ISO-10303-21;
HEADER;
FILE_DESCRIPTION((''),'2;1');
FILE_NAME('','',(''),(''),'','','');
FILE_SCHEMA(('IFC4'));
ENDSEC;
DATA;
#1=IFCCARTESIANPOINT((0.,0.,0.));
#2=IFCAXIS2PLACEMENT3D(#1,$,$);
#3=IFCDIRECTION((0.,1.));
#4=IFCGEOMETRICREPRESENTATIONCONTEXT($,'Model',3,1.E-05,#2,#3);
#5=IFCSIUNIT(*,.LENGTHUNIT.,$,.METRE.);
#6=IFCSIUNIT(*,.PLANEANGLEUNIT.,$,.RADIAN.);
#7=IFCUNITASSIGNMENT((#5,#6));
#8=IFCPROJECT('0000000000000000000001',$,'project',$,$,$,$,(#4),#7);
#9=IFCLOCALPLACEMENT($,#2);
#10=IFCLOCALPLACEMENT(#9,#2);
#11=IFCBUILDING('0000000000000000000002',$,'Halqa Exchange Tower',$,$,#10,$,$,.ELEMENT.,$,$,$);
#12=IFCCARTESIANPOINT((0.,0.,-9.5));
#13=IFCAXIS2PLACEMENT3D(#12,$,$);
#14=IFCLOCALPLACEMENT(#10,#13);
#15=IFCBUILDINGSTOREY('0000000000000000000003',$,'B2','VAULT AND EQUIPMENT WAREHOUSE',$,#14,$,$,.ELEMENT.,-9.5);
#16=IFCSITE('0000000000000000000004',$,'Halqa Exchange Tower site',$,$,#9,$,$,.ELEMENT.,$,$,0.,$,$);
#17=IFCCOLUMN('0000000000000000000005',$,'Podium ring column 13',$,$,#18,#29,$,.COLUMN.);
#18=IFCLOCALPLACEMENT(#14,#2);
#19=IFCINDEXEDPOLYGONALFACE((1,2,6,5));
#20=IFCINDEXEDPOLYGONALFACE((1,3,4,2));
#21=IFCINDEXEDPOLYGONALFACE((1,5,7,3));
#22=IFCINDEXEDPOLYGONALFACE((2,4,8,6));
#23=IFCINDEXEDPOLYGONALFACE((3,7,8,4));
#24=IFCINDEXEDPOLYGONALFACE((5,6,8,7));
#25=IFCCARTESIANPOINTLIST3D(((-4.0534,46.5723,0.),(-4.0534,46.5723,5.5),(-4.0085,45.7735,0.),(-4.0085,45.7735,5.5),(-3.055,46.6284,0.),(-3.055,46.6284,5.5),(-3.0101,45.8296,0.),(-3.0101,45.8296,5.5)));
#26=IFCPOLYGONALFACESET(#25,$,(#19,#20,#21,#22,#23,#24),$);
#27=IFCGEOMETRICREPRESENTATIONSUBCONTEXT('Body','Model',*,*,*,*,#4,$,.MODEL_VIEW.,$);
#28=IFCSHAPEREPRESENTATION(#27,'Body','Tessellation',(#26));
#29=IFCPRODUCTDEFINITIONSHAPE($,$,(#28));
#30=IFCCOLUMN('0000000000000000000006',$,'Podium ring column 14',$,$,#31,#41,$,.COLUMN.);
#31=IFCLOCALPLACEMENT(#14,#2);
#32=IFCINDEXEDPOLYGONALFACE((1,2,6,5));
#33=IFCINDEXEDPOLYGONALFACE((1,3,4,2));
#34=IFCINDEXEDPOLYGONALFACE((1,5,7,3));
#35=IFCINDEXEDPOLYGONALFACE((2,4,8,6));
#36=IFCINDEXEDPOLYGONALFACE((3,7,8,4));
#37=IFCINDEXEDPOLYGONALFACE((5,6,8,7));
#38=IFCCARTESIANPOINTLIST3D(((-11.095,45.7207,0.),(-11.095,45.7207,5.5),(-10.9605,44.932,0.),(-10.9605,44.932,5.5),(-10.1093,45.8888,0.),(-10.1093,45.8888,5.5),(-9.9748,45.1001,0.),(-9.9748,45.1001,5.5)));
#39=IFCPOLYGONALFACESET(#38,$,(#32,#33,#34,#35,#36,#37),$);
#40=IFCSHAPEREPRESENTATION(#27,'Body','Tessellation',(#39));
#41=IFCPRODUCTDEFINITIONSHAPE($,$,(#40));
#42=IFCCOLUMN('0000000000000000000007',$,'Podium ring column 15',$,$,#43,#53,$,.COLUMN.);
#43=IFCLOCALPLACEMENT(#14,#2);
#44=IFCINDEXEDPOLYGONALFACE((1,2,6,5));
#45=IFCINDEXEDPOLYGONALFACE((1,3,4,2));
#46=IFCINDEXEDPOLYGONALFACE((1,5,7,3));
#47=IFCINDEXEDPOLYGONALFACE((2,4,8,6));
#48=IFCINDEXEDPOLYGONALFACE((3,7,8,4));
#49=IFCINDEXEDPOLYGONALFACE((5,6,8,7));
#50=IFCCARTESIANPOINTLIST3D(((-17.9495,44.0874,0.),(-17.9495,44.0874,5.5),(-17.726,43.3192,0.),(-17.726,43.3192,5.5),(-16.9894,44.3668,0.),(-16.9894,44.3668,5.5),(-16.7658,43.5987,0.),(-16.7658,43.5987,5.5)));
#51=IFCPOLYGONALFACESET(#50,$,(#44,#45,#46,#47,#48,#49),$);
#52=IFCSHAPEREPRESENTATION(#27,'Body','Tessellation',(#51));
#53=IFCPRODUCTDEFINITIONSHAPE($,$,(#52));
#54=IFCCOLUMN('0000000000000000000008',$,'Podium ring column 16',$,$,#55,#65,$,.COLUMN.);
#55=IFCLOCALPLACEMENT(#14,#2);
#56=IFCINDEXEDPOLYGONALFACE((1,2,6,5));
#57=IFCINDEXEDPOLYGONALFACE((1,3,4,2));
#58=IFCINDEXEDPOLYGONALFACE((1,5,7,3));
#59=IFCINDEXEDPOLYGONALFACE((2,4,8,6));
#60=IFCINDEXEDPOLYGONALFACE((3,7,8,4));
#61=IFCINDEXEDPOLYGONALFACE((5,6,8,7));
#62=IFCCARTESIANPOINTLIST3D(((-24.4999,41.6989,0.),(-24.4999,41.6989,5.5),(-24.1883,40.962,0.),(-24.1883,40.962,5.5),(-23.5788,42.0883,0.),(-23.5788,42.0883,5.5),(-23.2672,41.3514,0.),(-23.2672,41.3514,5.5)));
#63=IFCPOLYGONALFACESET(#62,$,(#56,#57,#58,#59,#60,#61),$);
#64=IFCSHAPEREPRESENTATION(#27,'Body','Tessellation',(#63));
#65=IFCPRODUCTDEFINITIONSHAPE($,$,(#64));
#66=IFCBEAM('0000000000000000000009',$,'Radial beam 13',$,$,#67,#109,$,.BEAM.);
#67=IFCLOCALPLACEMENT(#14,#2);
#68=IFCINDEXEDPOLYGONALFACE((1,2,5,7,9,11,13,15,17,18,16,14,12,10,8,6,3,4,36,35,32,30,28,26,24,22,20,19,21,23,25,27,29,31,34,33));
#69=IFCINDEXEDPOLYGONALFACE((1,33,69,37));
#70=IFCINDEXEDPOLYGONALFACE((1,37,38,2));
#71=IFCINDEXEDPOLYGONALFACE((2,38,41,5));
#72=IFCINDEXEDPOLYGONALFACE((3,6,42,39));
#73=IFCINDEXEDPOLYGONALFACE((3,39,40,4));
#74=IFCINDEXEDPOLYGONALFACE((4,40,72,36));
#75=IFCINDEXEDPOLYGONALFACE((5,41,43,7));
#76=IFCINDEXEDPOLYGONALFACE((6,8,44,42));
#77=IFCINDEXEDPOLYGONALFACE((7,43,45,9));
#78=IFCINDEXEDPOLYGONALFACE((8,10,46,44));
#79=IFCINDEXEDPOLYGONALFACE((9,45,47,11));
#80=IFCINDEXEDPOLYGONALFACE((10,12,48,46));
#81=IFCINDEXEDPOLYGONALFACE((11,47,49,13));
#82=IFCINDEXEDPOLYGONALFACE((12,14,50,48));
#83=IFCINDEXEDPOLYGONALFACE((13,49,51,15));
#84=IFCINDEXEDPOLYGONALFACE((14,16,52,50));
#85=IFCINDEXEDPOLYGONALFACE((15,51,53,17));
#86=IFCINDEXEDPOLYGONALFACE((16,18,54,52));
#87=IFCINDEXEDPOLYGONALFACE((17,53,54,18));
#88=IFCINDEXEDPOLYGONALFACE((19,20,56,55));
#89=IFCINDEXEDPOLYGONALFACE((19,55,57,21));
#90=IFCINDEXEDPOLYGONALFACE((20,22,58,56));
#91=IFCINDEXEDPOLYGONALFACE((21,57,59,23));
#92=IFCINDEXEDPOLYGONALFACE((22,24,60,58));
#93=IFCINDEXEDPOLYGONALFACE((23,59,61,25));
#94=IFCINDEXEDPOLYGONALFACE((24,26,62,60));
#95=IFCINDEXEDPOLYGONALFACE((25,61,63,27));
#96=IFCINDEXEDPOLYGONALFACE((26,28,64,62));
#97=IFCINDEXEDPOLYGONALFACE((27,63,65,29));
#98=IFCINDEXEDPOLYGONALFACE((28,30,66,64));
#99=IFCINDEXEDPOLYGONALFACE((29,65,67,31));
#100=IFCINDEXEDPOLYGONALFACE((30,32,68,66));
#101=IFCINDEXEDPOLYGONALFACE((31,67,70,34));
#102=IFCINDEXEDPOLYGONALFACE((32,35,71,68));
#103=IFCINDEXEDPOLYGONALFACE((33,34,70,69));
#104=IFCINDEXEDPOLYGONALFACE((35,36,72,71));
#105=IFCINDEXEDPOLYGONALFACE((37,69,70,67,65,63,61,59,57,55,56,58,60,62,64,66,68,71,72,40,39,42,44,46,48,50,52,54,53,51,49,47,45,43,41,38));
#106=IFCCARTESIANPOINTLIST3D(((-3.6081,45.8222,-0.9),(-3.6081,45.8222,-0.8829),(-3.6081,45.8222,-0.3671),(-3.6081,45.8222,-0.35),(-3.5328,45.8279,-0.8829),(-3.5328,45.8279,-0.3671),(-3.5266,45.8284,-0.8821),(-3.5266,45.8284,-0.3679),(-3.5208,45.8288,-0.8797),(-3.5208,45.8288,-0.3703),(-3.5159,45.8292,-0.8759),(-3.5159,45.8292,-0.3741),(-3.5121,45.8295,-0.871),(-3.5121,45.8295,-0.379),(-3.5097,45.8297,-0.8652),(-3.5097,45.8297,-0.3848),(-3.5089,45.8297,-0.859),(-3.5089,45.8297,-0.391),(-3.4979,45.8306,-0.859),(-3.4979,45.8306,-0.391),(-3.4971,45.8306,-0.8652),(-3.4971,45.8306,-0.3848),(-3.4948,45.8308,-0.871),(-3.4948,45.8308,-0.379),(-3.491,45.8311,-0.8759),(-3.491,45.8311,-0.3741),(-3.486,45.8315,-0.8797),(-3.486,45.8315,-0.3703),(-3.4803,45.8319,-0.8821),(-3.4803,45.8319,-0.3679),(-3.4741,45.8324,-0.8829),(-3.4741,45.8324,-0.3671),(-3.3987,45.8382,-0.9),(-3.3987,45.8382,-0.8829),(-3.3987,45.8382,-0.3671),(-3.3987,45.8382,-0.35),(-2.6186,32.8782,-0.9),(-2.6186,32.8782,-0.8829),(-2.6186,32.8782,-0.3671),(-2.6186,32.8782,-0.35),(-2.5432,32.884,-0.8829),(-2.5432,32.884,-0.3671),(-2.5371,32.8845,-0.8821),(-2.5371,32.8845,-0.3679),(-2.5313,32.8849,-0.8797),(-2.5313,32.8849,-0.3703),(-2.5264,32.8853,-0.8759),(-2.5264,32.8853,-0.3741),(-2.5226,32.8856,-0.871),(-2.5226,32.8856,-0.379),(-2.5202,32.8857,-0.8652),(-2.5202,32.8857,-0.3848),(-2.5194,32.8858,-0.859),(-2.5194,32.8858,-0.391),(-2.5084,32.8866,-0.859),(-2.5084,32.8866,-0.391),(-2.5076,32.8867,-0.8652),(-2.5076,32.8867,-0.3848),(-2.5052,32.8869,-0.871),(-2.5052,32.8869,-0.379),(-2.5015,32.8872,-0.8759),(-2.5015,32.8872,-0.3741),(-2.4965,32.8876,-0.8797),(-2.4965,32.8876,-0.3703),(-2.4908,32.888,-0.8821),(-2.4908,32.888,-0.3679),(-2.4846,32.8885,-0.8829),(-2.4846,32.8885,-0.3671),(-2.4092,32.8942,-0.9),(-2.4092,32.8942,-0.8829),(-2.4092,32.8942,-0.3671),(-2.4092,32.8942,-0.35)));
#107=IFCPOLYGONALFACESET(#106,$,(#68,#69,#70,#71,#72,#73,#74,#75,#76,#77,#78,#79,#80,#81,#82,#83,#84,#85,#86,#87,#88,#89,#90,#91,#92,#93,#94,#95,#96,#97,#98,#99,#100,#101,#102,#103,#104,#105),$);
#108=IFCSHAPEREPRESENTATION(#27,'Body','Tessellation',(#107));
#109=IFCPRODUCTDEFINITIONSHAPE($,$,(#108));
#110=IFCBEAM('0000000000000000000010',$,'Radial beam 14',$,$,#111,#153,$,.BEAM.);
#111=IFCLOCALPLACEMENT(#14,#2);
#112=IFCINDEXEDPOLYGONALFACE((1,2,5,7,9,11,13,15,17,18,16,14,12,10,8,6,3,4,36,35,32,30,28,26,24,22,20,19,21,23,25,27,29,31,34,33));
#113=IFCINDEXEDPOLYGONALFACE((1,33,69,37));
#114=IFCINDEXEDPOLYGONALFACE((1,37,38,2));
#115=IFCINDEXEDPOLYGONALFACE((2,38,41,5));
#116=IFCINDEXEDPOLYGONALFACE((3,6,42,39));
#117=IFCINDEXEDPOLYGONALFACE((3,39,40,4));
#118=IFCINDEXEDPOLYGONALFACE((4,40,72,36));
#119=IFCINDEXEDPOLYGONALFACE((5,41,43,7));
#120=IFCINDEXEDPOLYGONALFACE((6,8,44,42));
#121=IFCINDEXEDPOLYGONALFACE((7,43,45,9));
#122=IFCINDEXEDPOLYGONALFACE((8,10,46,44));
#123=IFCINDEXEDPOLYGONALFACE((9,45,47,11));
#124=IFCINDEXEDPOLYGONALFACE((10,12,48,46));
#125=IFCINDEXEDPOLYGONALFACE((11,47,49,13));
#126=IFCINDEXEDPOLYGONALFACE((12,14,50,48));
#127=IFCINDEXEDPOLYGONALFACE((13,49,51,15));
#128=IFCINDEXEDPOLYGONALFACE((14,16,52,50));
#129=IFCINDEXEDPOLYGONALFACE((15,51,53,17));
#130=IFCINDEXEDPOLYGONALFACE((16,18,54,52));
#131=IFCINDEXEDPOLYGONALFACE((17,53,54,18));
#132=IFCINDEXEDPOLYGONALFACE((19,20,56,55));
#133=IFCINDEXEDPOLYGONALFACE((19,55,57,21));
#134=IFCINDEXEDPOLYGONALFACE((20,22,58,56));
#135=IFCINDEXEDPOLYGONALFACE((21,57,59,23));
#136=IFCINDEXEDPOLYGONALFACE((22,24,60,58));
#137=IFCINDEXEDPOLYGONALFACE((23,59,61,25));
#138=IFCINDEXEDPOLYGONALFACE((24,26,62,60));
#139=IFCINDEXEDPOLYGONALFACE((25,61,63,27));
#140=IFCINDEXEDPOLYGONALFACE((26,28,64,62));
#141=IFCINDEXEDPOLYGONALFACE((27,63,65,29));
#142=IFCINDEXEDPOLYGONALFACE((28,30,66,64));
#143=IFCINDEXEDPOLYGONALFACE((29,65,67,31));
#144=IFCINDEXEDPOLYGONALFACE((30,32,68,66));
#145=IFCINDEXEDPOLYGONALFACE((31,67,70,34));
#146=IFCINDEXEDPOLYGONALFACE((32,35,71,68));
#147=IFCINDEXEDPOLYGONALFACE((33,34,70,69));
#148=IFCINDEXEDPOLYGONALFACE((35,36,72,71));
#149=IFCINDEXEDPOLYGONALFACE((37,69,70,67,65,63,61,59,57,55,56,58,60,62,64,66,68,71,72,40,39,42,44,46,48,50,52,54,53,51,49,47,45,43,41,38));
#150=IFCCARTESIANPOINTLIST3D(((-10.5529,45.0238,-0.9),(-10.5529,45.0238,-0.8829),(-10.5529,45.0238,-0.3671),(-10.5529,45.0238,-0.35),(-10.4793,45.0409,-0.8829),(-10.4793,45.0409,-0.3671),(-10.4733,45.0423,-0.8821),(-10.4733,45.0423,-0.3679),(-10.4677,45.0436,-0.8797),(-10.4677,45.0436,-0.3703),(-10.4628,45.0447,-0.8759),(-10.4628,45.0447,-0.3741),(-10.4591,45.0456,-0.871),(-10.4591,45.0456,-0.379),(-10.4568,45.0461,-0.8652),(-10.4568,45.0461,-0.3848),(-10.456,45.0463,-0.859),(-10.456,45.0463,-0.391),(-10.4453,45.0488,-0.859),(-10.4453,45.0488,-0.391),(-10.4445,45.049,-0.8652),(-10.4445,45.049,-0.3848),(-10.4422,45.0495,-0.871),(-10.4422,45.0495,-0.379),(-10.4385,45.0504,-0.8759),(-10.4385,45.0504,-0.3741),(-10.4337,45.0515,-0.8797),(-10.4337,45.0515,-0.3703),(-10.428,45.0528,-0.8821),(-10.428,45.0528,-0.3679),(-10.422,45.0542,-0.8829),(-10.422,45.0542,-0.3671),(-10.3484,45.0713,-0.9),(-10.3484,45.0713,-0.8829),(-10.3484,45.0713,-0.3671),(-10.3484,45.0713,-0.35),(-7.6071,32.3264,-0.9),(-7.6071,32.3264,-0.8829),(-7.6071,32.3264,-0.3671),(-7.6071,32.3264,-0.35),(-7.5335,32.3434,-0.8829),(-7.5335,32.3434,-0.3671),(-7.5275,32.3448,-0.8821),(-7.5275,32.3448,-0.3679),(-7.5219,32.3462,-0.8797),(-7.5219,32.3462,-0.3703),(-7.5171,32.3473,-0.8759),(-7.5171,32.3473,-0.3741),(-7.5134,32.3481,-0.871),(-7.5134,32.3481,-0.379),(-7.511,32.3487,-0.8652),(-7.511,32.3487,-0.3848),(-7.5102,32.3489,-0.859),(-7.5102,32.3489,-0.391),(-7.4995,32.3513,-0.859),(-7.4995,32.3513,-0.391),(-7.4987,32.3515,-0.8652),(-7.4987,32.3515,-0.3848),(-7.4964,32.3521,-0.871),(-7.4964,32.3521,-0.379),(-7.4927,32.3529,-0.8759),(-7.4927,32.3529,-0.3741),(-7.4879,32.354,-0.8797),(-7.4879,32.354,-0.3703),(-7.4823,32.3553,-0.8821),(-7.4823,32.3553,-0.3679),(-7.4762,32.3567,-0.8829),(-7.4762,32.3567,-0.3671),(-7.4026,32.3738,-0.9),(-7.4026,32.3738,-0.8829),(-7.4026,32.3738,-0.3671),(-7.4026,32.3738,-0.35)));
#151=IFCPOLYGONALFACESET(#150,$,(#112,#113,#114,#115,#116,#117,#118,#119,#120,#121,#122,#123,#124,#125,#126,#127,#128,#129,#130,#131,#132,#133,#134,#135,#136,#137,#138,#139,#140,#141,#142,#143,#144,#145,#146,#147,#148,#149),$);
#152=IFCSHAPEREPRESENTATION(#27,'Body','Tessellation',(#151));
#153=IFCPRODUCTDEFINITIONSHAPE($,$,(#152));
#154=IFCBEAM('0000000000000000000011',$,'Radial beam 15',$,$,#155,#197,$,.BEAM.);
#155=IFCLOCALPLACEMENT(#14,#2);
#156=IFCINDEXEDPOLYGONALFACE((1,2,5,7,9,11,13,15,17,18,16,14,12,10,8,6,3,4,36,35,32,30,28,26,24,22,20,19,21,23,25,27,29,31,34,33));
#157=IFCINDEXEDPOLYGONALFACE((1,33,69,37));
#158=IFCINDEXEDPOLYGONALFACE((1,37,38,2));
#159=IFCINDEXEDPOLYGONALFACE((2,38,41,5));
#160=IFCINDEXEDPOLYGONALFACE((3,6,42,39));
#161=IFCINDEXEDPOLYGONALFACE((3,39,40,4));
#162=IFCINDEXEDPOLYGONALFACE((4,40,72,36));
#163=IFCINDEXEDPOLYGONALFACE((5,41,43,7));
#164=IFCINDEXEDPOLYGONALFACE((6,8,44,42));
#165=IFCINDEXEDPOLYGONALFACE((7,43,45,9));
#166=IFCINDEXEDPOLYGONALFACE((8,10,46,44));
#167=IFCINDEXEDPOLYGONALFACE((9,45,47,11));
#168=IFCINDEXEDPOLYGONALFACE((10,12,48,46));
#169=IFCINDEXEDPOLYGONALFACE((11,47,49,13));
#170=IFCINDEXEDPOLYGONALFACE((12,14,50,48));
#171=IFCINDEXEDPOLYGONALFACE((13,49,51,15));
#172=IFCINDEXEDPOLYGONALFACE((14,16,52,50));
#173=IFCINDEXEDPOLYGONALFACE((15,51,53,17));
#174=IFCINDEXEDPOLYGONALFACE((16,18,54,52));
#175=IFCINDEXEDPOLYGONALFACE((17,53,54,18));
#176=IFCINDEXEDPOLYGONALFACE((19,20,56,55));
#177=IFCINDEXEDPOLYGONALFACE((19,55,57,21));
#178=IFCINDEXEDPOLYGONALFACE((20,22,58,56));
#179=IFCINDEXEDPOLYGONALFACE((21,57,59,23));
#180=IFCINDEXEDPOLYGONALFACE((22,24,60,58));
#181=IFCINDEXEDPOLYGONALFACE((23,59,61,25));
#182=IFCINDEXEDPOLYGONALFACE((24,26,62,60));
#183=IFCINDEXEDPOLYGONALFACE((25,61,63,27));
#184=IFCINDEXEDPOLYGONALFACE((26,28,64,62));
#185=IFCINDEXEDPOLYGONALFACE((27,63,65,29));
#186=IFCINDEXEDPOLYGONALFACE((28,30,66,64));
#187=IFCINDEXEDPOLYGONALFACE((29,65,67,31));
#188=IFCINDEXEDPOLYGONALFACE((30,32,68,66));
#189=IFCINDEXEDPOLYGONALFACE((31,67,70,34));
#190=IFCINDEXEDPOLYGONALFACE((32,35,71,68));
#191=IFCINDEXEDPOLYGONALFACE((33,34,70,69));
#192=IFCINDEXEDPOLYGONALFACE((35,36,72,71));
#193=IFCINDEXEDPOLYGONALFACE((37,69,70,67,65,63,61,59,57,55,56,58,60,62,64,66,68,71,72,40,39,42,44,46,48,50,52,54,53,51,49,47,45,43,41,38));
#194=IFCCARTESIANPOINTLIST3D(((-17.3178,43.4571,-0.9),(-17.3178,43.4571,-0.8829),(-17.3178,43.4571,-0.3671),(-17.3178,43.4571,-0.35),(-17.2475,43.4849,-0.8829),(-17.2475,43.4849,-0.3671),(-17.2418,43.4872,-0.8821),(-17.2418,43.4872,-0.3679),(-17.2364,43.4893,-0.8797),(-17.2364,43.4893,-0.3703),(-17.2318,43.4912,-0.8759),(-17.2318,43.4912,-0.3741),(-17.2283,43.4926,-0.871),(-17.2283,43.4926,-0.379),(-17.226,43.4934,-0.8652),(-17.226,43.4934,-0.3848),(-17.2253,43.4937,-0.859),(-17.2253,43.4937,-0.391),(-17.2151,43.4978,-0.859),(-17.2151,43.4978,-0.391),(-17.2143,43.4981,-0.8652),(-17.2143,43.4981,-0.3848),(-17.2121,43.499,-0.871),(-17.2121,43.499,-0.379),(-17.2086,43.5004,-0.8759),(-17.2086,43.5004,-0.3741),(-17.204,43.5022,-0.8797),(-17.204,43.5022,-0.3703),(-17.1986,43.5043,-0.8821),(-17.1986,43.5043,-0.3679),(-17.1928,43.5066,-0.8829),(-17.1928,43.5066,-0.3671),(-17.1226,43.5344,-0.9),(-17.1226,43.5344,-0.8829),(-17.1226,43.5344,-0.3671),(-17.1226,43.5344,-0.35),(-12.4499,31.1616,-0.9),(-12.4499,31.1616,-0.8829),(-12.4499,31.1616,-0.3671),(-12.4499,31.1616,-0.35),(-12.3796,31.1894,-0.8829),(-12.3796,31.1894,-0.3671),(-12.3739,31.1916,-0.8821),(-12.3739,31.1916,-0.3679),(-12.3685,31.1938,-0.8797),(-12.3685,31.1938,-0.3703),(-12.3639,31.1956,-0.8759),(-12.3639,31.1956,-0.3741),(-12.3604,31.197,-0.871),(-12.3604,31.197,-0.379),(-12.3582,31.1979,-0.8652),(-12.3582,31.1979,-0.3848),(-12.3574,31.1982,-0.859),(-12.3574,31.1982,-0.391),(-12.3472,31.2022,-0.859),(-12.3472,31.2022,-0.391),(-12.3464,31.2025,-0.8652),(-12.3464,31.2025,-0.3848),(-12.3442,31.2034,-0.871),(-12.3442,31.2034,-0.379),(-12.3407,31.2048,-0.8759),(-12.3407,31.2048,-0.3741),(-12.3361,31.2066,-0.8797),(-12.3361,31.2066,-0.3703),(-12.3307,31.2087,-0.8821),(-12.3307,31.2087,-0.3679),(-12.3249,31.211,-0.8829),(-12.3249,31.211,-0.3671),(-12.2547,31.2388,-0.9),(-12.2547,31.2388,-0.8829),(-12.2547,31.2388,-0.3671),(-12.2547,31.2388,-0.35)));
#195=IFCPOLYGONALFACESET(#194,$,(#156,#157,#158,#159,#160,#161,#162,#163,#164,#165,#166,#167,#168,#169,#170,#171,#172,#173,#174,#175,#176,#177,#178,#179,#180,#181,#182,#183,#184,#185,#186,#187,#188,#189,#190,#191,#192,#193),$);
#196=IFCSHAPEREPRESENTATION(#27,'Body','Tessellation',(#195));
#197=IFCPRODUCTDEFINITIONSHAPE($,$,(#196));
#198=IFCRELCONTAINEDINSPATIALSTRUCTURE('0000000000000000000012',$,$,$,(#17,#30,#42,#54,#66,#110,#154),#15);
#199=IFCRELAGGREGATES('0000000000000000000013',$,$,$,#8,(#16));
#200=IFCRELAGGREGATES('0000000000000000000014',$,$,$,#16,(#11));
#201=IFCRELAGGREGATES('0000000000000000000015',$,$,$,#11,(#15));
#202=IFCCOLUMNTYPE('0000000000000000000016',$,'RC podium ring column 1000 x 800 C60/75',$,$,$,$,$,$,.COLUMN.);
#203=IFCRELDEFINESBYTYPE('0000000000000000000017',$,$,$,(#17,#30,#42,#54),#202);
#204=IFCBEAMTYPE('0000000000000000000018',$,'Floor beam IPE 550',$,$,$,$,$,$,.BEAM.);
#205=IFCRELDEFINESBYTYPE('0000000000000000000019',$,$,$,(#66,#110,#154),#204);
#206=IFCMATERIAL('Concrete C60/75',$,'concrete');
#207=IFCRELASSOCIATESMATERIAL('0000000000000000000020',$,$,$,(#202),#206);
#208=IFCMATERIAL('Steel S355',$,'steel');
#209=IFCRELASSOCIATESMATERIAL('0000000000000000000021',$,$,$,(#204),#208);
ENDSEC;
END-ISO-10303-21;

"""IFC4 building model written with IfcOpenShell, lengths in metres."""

from ifc_helpers import new_model, si_unit, direction, frame, origin, origin_2d, place, context, subcontext, project, spatial, rectangle, i_section, extrude, material, material_profile, profile_set, type_object, element, save


model = new_model("IFC4")

# Units and contexts
model_context = context("Model", 3, precision=1e-05, world=origin(), true_north=direction((0.0, 1.0)))
body_context = subcontext(model_context, "Body", "Model", "MODEL_VIEW")
ifc_project = project(units=[si_unit("LENGTHUNIT", "METRE"), si_unit("PLANEANGLEUNIT", "RADIAN")], contexts=[model_context])

# Site, building, storey
site_placement = place(None, origin())
site = spatial("IfcSite", under=ifc_project, at=site_placement, Name="Halqa Exchange Tower site", CompositionType="ELEMENT", RefElevation=0.0)
building_placement = place(site_placement, origin())
building = spatial("IfcBuilding", under=site, at=building_placement, Name="Halqa Exchange Tower", CompositionType="ELEMENT")
storey_placement = place(building_placement, frame((0.0, 0.0, -9.5)))
storey = spatial("IfcBuildingStorey", under=building, at=storey_placement, Name="B2", Description="VAULT AND EQUIPMENT WAREHOUSE", CompositionType="ELEMENT", Elevation=-9.5)

# Columns
ifc_material_1 = material(Name="Concrete C60/75", Category="concrete")
ifc_material_profile_1 = material_profile(ifc_material_1, rectangle(XDim=1.0, YDim=0.8, at=origin_2d()), Name="1000 x 800")
ifc_profile_set_1 = profile_set([ifc_material_profile_1], Name="Concrete C60/75")
column_type = type_object("IfcColumnType", Name="RC podium ring column 1000 x 800 C60/75", PredefinedType="COLUMN", material=ifc_profile_set_1)
for number, where, z_axis, x_axis, name in (
    (1, (-3.5317, 46.2009, 0.0), (0.0, 0.0, 1.0), (-0.998425, -0.056107, 0.0), "Podium ring column 13"),
    (2, (-10.5349, 45.4104, 0.0), (0.0, 0.0, 1.0), (-0.985766, -0.168121, 0.0), "Podium ring column 14"),
    (3, (-17.3577, 43.843, 0.0), (0.0, 0.0, 1.0), (-0.960158, -0.279459, 0.0), "Podium ring column 15"),
    (4, (-23.8835, 41.5251, 0.0), (0.0, 0.0, 1.0), (-0.921048, -0.389449, 0.0), "Podium ring column 16"),
):
    element("IfcColumn", number, at=place(storey_placement, frame(where, z_axis=z_axis, x_axis=x_axis)), inside=storey, type_object=column_type, Name=name, PredefinedType="COLUMN", context=body_context, shape_type="SweptSolid", body=[
        extrude(rectangle(XDim=1.0, YDim=0.8, at=origin_2d()), origin(), (0.0, 0.0, 1.0), 5.5),
    ])

# Beams
ifc_material_2 = material(Name="Steel S355", Category="steel")
ifc_material_profile_2 = material_profile(ifc_material_2, i_section(OverallWidth=0.21, OverallDepth=0.55, WebThickness=0.011, FlangeThickness=0.0171, FilletRadius=0.0239, at=origin_2d()), Name="IPE 550")
ifc_profile_set_2 = profile_set([ifc_material_profile_2], Name="Steel S355")
beam_type_1 = type_object("IfcBeamType", Name="Floor beam IPE 550", PredefinedType="BEAM", material=ifc_profile_set_2)
beam_1_placement = place(storey_placement, frame((-2.5139, 32.8862, -0.625), z_axis=(-0.076223, 0.997091, 0.0), x_axis=(-0.997091, -0.076223, 0.0)))
element("IfcBeam", 5, at=beam_1_placement, inside=storey, type_object=beam_type_1, Name="Radial beam 13", PredefinedType="BEAM", context=body_context, shape_type="SweptSolid", body=[
    extrude(i_section(OverallWidth=0.21, OverallDepth=0.55, WebThickness=0.011, FlangeThickness=0.0171, FilletRadius=0.0239, at=origin_2d()), origin(), (0.0, 0.0, 1.0), 12.9817),
])
beam_2_placement = place(storey_placement, frame((-7.5049, 32.3501, -0.625), z_axis=(-0.225996, 0.974128, 0.0), x_axis=(-0.974128, -0.225996, 0.0)))
element("IfcBeam", 6, at=beam_2_placement, inside=storey, type_object=beam_type_1, Name="Radial beam 14", PredefinedType="BEAM", context=body_context, shape_type="SweptSolid", body=[
    extrude(i_section(OverallWidth=0.21, OverallDepth=0.55, WebThickness=0.011, FlangeThickness=0.0171, FilletRadius=0.0239, at=origin_2d()), origin(), (0.0, 0.0, 1.0), 13.0347),
])
beam_3_placement = place(storey_placement, frame((-12.3523, 31.2002, -0.625), z_axis=(-0.368107, 0.929784, 0.0), x_axis=(-0.929784, -0.368107, 0.0)))
element("IfcBeam", 7, at=beam_3_placement, inside=storey, type_object=beam_type_1, Name="Radial beam 15", PredefinedType="BEAM", context=body_context, shape_type="SweptSolid", body=[
    extrude(i_section(OverallWidth=0.21, OverallDepth=0.55, WebThickness=0.011, FlangeThickness=0.0171, FilletRadius=0.0239, at=origin_2d()), origin(), (0.0, 0.0, 1.0), 13.2241),
])

save(model, "model.ifc")
